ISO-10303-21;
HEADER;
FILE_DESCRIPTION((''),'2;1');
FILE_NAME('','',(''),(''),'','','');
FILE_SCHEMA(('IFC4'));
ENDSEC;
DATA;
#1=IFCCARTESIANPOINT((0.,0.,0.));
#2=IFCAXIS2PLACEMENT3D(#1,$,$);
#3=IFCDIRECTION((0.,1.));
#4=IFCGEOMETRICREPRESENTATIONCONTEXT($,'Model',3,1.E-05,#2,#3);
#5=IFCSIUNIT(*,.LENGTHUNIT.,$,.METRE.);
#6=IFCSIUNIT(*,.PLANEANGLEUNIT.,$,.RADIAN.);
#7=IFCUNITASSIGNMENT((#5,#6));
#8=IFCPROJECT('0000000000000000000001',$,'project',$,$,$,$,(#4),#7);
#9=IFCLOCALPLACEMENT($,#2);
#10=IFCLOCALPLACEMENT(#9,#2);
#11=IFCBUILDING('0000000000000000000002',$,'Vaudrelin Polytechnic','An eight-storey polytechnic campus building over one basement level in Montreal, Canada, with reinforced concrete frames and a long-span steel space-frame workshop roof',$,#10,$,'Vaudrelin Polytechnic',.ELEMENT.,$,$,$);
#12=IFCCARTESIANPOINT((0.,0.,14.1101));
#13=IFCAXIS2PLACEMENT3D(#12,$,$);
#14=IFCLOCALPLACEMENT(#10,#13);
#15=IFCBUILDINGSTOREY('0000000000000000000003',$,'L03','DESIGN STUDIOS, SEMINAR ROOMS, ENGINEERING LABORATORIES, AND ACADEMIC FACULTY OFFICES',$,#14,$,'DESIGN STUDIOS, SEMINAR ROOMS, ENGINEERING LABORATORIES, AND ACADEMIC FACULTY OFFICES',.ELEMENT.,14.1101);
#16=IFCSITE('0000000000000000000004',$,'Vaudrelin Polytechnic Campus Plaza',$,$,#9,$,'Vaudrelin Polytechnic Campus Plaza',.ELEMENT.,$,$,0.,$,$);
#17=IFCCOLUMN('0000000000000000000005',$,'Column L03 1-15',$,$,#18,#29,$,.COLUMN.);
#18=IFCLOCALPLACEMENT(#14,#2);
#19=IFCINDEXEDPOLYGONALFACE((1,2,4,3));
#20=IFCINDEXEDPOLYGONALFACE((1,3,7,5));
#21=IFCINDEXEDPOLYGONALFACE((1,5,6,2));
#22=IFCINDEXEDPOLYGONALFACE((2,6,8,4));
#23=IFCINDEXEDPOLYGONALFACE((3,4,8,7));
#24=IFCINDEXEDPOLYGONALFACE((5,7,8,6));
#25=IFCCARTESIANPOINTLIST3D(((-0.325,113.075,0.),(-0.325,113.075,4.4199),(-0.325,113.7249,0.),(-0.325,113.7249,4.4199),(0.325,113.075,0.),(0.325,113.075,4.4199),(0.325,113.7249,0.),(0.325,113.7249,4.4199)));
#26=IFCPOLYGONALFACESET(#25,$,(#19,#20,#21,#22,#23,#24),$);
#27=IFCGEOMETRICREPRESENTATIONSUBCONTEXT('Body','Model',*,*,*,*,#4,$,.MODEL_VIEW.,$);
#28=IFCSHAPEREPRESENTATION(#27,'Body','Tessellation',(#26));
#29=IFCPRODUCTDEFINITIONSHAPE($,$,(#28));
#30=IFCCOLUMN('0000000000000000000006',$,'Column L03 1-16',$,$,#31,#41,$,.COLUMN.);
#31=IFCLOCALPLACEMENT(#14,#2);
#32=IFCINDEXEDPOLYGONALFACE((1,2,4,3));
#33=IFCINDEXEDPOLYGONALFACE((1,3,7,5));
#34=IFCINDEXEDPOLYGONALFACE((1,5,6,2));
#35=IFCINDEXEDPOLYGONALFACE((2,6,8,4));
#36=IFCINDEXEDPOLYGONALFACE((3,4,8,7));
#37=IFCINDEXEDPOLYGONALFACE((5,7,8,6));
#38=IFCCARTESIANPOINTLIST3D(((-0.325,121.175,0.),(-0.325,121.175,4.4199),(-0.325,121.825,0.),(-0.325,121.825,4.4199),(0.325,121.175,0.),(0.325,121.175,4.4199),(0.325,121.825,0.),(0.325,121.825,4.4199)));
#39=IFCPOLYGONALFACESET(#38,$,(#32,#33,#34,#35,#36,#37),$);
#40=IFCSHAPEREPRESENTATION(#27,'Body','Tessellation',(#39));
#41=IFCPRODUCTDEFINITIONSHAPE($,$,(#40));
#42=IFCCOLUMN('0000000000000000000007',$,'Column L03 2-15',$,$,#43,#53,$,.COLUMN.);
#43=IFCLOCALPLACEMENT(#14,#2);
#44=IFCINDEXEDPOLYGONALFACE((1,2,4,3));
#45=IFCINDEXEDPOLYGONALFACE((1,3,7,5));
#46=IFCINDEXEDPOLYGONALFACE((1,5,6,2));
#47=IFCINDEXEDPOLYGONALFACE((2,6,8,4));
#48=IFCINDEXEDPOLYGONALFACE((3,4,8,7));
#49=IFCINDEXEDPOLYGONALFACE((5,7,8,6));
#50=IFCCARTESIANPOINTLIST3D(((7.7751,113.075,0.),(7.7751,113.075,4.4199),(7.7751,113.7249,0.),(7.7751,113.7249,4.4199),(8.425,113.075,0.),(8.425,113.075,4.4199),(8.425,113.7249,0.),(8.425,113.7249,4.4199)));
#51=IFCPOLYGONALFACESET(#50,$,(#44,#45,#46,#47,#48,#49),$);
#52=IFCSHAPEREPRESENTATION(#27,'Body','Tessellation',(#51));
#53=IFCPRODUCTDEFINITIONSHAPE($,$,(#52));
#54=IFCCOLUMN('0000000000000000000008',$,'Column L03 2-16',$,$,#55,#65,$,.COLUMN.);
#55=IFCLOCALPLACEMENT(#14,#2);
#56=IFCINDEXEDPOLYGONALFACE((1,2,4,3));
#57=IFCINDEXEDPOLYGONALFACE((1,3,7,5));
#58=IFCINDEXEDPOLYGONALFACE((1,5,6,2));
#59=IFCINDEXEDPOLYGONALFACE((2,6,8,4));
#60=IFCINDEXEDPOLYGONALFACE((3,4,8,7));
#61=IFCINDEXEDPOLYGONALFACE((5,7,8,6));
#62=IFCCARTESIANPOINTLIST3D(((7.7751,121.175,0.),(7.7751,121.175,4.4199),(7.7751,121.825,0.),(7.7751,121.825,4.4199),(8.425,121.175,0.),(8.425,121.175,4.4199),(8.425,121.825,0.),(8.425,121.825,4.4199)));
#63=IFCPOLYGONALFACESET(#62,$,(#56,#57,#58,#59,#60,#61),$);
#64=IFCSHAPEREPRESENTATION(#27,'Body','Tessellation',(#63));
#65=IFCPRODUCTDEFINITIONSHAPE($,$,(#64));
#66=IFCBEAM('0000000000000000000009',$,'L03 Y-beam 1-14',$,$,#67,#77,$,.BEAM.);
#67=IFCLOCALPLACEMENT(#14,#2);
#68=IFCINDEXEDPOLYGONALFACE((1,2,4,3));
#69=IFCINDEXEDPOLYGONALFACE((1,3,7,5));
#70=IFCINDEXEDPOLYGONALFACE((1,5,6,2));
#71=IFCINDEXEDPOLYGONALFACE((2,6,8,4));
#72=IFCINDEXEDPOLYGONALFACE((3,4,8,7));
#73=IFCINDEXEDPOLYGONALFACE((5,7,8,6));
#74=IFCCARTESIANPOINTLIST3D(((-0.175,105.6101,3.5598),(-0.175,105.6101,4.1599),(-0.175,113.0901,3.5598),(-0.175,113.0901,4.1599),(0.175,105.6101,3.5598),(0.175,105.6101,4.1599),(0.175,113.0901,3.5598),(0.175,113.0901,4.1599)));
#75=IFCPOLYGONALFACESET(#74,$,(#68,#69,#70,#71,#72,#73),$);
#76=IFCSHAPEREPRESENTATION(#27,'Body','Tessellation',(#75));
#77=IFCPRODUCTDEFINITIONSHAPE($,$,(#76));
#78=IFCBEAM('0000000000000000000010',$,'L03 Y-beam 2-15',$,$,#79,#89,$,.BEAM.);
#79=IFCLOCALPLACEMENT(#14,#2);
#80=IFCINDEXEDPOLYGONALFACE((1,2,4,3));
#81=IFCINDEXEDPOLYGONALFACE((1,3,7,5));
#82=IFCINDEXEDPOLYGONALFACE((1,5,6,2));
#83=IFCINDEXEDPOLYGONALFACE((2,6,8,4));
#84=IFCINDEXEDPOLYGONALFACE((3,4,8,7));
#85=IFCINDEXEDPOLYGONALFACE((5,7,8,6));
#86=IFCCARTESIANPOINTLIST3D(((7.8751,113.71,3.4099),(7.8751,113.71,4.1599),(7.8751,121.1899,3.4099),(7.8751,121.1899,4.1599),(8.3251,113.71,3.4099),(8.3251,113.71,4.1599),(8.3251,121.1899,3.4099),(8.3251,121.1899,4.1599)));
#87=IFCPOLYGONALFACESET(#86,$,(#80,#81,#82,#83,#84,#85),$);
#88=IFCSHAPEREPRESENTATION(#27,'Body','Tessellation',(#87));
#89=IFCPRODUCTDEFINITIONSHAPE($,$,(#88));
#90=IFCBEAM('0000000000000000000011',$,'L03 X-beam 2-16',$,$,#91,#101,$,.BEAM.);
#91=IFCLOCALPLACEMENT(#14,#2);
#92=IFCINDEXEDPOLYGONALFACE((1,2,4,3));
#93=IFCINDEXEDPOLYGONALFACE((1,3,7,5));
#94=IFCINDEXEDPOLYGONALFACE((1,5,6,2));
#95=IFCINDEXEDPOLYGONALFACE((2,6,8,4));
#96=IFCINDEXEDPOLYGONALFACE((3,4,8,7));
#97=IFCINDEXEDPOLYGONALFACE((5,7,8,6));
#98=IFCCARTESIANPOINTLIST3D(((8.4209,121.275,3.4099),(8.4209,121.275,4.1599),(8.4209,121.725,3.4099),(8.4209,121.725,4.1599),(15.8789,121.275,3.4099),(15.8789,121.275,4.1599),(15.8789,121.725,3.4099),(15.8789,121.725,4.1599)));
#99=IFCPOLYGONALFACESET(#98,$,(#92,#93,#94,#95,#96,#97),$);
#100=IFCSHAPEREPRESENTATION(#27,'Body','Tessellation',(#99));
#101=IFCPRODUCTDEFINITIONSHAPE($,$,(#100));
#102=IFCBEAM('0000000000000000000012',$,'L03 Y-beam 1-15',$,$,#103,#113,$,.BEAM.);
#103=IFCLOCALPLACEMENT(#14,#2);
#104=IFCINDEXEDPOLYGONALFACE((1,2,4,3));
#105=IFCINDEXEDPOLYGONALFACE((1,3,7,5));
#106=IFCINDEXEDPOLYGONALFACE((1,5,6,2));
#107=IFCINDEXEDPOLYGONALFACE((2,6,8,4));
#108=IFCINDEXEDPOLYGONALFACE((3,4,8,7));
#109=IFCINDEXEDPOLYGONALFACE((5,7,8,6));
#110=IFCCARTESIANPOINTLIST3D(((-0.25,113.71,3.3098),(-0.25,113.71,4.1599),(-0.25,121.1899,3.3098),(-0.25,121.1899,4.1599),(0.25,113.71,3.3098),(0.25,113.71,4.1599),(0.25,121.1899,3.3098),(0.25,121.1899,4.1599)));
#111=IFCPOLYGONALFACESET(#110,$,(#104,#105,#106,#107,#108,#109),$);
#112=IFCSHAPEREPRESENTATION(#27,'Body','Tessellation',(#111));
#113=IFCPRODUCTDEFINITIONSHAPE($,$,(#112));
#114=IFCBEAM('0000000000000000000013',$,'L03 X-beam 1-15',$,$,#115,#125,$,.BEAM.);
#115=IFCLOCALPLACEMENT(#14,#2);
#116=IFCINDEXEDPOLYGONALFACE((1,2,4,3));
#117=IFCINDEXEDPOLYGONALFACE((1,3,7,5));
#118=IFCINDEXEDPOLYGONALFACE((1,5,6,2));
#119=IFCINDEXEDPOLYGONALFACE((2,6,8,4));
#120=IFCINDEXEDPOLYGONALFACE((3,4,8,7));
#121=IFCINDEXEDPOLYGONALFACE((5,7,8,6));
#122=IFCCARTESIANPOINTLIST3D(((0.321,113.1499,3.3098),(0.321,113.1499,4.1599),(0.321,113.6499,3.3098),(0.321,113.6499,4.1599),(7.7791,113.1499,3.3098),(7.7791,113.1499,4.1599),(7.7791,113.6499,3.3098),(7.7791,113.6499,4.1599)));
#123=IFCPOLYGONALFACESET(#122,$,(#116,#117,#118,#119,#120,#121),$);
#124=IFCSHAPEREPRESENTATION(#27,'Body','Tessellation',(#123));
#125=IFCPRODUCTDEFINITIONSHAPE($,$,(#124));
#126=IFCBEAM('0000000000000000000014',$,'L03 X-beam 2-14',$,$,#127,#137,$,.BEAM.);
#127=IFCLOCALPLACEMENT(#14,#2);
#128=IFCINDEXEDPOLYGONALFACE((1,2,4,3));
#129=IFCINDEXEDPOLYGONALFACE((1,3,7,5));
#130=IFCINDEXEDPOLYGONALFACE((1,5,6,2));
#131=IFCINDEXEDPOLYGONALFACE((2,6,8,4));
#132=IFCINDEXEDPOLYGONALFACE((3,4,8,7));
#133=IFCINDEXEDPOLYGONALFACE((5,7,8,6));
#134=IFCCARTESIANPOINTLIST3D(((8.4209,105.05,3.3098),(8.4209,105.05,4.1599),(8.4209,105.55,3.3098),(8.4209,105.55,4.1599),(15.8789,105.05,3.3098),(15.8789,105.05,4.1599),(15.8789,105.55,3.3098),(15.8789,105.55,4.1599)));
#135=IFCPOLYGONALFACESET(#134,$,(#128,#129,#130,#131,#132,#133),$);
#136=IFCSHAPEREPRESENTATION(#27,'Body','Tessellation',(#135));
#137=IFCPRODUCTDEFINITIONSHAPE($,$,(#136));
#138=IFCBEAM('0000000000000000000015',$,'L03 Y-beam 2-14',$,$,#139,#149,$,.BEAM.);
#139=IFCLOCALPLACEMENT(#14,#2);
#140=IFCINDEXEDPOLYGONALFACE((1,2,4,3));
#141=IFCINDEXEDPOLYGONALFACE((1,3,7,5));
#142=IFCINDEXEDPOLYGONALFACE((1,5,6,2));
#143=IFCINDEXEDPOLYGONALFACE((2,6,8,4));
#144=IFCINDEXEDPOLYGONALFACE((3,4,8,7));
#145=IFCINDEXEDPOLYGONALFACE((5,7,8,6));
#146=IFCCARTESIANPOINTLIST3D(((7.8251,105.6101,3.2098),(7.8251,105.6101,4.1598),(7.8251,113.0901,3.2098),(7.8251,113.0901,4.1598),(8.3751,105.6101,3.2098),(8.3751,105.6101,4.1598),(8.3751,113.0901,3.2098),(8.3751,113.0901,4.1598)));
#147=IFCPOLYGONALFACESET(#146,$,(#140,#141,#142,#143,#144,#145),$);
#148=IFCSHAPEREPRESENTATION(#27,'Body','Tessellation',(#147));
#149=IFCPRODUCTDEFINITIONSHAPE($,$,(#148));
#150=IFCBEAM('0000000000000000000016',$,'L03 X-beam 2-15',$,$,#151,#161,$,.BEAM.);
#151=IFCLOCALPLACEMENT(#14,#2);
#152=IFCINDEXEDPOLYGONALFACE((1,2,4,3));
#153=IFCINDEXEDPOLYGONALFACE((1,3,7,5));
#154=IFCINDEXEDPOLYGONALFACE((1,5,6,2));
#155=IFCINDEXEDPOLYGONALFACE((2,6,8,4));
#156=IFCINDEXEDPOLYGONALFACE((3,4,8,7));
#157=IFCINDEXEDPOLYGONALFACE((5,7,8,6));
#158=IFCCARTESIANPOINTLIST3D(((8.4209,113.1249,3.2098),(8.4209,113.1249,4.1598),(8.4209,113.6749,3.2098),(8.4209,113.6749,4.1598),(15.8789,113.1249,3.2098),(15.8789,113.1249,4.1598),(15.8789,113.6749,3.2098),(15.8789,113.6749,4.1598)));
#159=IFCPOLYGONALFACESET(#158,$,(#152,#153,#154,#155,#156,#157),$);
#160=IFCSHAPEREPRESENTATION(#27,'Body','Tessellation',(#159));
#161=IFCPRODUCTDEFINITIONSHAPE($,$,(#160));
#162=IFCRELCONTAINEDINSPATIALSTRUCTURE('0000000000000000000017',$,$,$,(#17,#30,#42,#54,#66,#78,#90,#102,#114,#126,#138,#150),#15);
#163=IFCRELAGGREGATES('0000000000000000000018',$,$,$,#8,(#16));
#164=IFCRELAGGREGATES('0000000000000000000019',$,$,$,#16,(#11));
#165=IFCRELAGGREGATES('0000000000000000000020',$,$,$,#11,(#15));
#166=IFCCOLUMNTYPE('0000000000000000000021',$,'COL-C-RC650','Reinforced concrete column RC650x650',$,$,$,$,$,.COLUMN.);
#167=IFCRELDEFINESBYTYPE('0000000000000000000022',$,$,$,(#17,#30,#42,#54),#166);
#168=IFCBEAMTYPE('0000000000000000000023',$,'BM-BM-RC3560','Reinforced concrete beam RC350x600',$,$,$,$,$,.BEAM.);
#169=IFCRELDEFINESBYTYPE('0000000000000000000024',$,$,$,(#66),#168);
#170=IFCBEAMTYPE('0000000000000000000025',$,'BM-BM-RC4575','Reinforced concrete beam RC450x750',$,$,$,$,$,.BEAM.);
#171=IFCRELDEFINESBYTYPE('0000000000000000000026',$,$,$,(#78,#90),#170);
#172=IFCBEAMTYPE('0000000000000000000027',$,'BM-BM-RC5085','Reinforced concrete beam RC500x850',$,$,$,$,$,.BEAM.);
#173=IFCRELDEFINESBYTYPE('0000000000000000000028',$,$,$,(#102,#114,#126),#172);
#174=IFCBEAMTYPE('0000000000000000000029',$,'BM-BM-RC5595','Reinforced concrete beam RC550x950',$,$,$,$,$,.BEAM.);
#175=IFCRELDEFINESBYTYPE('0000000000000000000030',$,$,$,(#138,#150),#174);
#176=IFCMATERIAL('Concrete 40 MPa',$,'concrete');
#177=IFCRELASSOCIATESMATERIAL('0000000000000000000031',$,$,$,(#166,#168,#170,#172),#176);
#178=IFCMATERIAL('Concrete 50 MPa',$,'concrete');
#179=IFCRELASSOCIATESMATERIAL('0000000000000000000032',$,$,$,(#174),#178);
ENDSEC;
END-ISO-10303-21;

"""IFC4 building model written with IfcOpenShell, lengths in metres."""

from ifc_helpers import new_model, si_unit, direction, frame, origin, origin_2d, place, context, subcontext, project, spatial, rectangle, extrude, material, material_profile, profile_set, type_object, element, save


model = new_model("IFC4")

# Units and contexts
model_context = context("Model", 3, precision=1e-05, world=origin(), true_north=direction((0.0, 1.0)))
body_context = subcontext(model_context, "Body", "Model", "MODEL_VIEW")
ifc_project = project(units=[si_unit("LENGTHUNIT", "METRE"), si_unit("PLANEANGLEUNIT", "RADIAN")], contexts=[model_context])

# Site, building, storey
site_placement = place(None, origin())
site = spatial("IfcSite", under=ifc_project, at=site_placement, Name="Vaudrelin Polytechnic Campus Plaza", LongName="Vaudrelin Polytechnic Campus Plaza", CompositionType="ELEMENT", RefElevation=0.0)
building_placement = place(site_placement, origin())
building = spatial("IfcBuilding", under=site, at=building_placement, Name="Vaudrelin Polytechnic", Description="An eight-storey polytechnic campus building over one basement level in Montreal, Canada, with reinforced concrete frames and a long-span steel space-frame workshop roof", LongName="Vaudrelin Polytechnic", CompositionType="ELEMENT")
storey_placement = place(building_placement, frame((0.0, 0.0, 14.1101)))
storey = spatial("IfcBuildingStorey", under=building, at=storey_placement, Name="L03", Description="DESIGN STUDIOS, SEMINAR ROOMS, ENGINEERING LABORATORIES, AND ACADEMIC FACULTY OFFICES", LongName="DESIGN STUDIOS, SEMINAR ROOMS, ENGINEERING LABORATORIES, AND ACADEMIC FACULTY OFFICES", CompositionType="ELEMENT", Elevation=14.1101)

# Columns
ifc_material_1 = material(Name="Concrete 40 MPa", Category="concrete")
ifc_material_profile_1 = material_profile(ifc_material_1, rectangle(XDim=0.6499, YDim=0.6499, at=origin_2d()), Name="RC650x650")
ifc_profile_set_1 = profile_set([ifc_material_profile_1], Name="Concrete 40 MPa")
column_type = type_object("IfcColumnType", Name="COL-C-RC650", Description="Reinforced concrete column RC650x650", PredefinedType="COLUMN", material=ifc_profile_set_1)
for number, where, z_axis, x_axis, name in (
    (1, (0.0, 113.3999, 0.0), (0.0, 0.0, 1.0), (1.0, 0.0, 0.0), "Column L03 1-15"),
    (2, (0.0, 121.5, 0.0), (0.0, 0.0, 1.0), (1.0, 0.0, 0.0), "Column L03 1-16"),
    (3, (8.1001, 113.3999, 0.0), (0.0, 0.0, 1.0), (1.0, 0.0, 0.0), "Column L03 2-15"),
    (4, (8.1001, 121.5, 0.0), (0.0, 0.0, 1.0), (1.0, 0.0, 0.0), "Column L03 2-16"),
):
    element("IfcColumn", number, at=place(storey_placement, frame(where, z_axis=z_axis, x_axis=x_axis)), inside=storey, type_object=column_type, Name=name, PredefinedType="COLUMN", context=body_context, shape_type="SweptSolid", body=[
        extrude(rectangle(XDim=0.6499, YDim=0.6499, at=origin_2d()), origin(), (0.0, 0.0, 1.0), 4.4199),
    ])

# Beams
ifc_material_profile_2 = material_profile(ifc_material_1, rectangle(XDim=0.3501, YDim=0.6001, at=origin_2d()), Name="RC350x600")
ifc_profile_set_2 = profile_set([ifc_material_profile_2], Name="Concrete 40 MPa")
beam_type_1 = type_object("IfcBeamType", Name="BM-BM-RC3560", Description="Reinforced concrete beam RC350x600", PredefinedType="BEAM", material=ifc_profile_set_2)
beam_1_placement = place(storey_placement, frame((0.0, 105.6101, 3.8599), z_axis=(0.0, 1.0, 0.0), x_axis=(-1.0, 0.0, 0.0)))
element("IfcBeam", 5, at=beam_1_placement, inside=storey, type_object=beam_type_1, Name="L03 Y-beam 1-14", PredefinedType="BEAM", context=body_context, shape_type="SweptSolid", body=[
    extrude(rectangle(XDim=0.3501, YDim=0.6001, at=origin_2d()), origin(), (0.0, 0.0, 1.0), 7.48),
])
ifc_material_profile_3 = material_profile(ifc_material_1, rectangle(XDim=0.45, YDim=0.75, at=origin_2d()), Name="RC450x750")
ifc_profile_set_3 = profile_set([ifc_material_profile_3], Name="Concrete 40 MPa")
beam_type_2 = type_object("IfcBeamType", Name="BM-BM-RC4575", Description="Reinforced concrete beam RC450x750", PredefinedType="BEAM", material=ifc_profile_set_3)
beam_2_placement = place(storey_placement, frame((8.1001, 113.71, 3.7849), z_axis=(0.0, 1.0, 0.0), x_axis=(-1.0, 0.0, 0.0)))
element("IfcBeam", 6, at=beam_2_placement, inside=storey, type_object=beam_type_2, Name="L03 Y-beam 2-15", PredefinedType="BEAM", context=body_context, shape_type="SweptSolid", body=[
    extrude(rectangle(XDim=0.45, YDim=0.75, at=origin_2d()), origin(), (0.0, 0.0, 1.0), 7.48),
])
beam_3_placement = place(storey_placement, frame((8.4209, 121.5, 3.7849), z_axis=(1.0, 0.0, 0.0), x_axis=(0.0, 1.0, 0.0)))
element("IfcBeam", 7, at=beam_3_placement, inside=storey, type_object=beam_type_2, Name="L03 X-beam 2-16", PredefinedType="BEAM", context=body_context, shape_type="SweptSolid", body=[
    extrude(rectangle(XDim=0.45, YDim=0.75, at=origin_2d()), origin(), (0.0, 0.0, 1.0), 7.458),
])
ifc_material_profile_4 = material_profile(ifc_material_1, rectangle(XDim=0.5, YDim=0.8501, at=origin_2d()), Name="RC500x850")
ifc_profile_set_4 = profile_set([ifc_material_profile_4], Name="Concrete 40 MPa")
beam_type_3 = type_object("IfcBeamType", Name="BM-BM-RC5085", Description="Reinforced concrete beam RC500x850", PredefinedType="BEAM", material=ifc_profile_set_4)
beam_4_placement = place(storey_placement, frame((0.0, 113.71, 3.7349), z_axis=(0.0, 1.0, 0.0), x_axis=(-1.0, 0.0, 0.0)))
element("IfcBeam", 8, at=beam_4_placement, inside=storey, type_object=beam_type_3, Name="L03 Y-beam 1-15", PredefinedType="BEAM", context=body_context, shape_type="SweptSolid", body=[
    extrude(rectangle(XDim=0.5, YDim=0.8501, at=origin_2d()), origin(), (0.0, 0.0, 1.0), 7.48),
])
for number, where, z_axis, x_axis, name in (
    (9, (0.321, 113.3999, 3.7349), (1.0, 0.0, 0.0), (0.0, 1.0, 0.0), "L03 X-beam 1-15"),
    (10, (8.4209, 105.3, 3.7349), (1.0, 0.0, 0.0), (0.0, 1.0, 0.0), "L03 X-beam 2-14"),
):
    element("IfcBeam", number, at=place(storey_placement, frame(where, z_axis=z_axis, x_axis=x_axis)), inside=storey, type_object=beam_type_3, Name=name, PredefinedType="BEAM", context=body_context, shape_type="SweptSolid", body=[
        extrude(rectangle(XDim=0.5, YDim=0.8501, at=origin_2d()), origin(), (0.0, 0.0, 1.0), 7.458),
    ])
ifc_material_2 = material(Name="Concrete 50 MPa", Category="concrete")
ifc_material_profile_5 = material_profile(ifc_material_2, rectangle(XDim=0.55, YDim=0.95, at=origin_2d()), Name="RC550x950")
ifc_profile_set_5 = profile_set([ifc_material_profile_5], Name="Concrete 50 MPa")
beam_type_4 = type_object("IfcBeamType", Name="BM-BM-RC5595", Description="Reinforced concrete beam RC550x950", PredefinedType="BEAM", material=ifc_profile_set_5)
beam_5_placement = place(storey_placement, frame((8.1001, 105.6101, 3.6848), z_axis=(0.0, 1.0, 0.0), x_axis=(-1.0, 0.0, 0.0)))
element("IfcBeam", 11, at=beam_5_placement, inside=storey, type_object=beam_type_4, Name="L03 Y-beam 2-14", PredefinedType="BEAM", context=body_context, shape_type="SweptSolid", body=[
    extrude(rectangle(XDim=0.55, YDim=0.95, at=origin_2d()), origin(), (0.0, 0.0, 1.0), 7.48),
])
beam_6_placement = place(storey_placement, frame((8.4209, 113.3999, 3.6848), z_axis=(1.0, 0.0, 0.0), x_axis=(0.0, 1.0, 0.0)))
element("IfcBeam", 12, at=beam_6_placement, inside=storey, type_object=beam_type_4, Name="L03 X-beam 2-15", PredefinedType="BEAM", context=body_context, shape_type="SweptSolid", body=[
    extrude(rectangle(XDim=0.55, YDim=0.95, at=origin_2d()), origin(), (0.0, 0.0, 1.0), 7.458),
])

save(model, "model.ifc")
